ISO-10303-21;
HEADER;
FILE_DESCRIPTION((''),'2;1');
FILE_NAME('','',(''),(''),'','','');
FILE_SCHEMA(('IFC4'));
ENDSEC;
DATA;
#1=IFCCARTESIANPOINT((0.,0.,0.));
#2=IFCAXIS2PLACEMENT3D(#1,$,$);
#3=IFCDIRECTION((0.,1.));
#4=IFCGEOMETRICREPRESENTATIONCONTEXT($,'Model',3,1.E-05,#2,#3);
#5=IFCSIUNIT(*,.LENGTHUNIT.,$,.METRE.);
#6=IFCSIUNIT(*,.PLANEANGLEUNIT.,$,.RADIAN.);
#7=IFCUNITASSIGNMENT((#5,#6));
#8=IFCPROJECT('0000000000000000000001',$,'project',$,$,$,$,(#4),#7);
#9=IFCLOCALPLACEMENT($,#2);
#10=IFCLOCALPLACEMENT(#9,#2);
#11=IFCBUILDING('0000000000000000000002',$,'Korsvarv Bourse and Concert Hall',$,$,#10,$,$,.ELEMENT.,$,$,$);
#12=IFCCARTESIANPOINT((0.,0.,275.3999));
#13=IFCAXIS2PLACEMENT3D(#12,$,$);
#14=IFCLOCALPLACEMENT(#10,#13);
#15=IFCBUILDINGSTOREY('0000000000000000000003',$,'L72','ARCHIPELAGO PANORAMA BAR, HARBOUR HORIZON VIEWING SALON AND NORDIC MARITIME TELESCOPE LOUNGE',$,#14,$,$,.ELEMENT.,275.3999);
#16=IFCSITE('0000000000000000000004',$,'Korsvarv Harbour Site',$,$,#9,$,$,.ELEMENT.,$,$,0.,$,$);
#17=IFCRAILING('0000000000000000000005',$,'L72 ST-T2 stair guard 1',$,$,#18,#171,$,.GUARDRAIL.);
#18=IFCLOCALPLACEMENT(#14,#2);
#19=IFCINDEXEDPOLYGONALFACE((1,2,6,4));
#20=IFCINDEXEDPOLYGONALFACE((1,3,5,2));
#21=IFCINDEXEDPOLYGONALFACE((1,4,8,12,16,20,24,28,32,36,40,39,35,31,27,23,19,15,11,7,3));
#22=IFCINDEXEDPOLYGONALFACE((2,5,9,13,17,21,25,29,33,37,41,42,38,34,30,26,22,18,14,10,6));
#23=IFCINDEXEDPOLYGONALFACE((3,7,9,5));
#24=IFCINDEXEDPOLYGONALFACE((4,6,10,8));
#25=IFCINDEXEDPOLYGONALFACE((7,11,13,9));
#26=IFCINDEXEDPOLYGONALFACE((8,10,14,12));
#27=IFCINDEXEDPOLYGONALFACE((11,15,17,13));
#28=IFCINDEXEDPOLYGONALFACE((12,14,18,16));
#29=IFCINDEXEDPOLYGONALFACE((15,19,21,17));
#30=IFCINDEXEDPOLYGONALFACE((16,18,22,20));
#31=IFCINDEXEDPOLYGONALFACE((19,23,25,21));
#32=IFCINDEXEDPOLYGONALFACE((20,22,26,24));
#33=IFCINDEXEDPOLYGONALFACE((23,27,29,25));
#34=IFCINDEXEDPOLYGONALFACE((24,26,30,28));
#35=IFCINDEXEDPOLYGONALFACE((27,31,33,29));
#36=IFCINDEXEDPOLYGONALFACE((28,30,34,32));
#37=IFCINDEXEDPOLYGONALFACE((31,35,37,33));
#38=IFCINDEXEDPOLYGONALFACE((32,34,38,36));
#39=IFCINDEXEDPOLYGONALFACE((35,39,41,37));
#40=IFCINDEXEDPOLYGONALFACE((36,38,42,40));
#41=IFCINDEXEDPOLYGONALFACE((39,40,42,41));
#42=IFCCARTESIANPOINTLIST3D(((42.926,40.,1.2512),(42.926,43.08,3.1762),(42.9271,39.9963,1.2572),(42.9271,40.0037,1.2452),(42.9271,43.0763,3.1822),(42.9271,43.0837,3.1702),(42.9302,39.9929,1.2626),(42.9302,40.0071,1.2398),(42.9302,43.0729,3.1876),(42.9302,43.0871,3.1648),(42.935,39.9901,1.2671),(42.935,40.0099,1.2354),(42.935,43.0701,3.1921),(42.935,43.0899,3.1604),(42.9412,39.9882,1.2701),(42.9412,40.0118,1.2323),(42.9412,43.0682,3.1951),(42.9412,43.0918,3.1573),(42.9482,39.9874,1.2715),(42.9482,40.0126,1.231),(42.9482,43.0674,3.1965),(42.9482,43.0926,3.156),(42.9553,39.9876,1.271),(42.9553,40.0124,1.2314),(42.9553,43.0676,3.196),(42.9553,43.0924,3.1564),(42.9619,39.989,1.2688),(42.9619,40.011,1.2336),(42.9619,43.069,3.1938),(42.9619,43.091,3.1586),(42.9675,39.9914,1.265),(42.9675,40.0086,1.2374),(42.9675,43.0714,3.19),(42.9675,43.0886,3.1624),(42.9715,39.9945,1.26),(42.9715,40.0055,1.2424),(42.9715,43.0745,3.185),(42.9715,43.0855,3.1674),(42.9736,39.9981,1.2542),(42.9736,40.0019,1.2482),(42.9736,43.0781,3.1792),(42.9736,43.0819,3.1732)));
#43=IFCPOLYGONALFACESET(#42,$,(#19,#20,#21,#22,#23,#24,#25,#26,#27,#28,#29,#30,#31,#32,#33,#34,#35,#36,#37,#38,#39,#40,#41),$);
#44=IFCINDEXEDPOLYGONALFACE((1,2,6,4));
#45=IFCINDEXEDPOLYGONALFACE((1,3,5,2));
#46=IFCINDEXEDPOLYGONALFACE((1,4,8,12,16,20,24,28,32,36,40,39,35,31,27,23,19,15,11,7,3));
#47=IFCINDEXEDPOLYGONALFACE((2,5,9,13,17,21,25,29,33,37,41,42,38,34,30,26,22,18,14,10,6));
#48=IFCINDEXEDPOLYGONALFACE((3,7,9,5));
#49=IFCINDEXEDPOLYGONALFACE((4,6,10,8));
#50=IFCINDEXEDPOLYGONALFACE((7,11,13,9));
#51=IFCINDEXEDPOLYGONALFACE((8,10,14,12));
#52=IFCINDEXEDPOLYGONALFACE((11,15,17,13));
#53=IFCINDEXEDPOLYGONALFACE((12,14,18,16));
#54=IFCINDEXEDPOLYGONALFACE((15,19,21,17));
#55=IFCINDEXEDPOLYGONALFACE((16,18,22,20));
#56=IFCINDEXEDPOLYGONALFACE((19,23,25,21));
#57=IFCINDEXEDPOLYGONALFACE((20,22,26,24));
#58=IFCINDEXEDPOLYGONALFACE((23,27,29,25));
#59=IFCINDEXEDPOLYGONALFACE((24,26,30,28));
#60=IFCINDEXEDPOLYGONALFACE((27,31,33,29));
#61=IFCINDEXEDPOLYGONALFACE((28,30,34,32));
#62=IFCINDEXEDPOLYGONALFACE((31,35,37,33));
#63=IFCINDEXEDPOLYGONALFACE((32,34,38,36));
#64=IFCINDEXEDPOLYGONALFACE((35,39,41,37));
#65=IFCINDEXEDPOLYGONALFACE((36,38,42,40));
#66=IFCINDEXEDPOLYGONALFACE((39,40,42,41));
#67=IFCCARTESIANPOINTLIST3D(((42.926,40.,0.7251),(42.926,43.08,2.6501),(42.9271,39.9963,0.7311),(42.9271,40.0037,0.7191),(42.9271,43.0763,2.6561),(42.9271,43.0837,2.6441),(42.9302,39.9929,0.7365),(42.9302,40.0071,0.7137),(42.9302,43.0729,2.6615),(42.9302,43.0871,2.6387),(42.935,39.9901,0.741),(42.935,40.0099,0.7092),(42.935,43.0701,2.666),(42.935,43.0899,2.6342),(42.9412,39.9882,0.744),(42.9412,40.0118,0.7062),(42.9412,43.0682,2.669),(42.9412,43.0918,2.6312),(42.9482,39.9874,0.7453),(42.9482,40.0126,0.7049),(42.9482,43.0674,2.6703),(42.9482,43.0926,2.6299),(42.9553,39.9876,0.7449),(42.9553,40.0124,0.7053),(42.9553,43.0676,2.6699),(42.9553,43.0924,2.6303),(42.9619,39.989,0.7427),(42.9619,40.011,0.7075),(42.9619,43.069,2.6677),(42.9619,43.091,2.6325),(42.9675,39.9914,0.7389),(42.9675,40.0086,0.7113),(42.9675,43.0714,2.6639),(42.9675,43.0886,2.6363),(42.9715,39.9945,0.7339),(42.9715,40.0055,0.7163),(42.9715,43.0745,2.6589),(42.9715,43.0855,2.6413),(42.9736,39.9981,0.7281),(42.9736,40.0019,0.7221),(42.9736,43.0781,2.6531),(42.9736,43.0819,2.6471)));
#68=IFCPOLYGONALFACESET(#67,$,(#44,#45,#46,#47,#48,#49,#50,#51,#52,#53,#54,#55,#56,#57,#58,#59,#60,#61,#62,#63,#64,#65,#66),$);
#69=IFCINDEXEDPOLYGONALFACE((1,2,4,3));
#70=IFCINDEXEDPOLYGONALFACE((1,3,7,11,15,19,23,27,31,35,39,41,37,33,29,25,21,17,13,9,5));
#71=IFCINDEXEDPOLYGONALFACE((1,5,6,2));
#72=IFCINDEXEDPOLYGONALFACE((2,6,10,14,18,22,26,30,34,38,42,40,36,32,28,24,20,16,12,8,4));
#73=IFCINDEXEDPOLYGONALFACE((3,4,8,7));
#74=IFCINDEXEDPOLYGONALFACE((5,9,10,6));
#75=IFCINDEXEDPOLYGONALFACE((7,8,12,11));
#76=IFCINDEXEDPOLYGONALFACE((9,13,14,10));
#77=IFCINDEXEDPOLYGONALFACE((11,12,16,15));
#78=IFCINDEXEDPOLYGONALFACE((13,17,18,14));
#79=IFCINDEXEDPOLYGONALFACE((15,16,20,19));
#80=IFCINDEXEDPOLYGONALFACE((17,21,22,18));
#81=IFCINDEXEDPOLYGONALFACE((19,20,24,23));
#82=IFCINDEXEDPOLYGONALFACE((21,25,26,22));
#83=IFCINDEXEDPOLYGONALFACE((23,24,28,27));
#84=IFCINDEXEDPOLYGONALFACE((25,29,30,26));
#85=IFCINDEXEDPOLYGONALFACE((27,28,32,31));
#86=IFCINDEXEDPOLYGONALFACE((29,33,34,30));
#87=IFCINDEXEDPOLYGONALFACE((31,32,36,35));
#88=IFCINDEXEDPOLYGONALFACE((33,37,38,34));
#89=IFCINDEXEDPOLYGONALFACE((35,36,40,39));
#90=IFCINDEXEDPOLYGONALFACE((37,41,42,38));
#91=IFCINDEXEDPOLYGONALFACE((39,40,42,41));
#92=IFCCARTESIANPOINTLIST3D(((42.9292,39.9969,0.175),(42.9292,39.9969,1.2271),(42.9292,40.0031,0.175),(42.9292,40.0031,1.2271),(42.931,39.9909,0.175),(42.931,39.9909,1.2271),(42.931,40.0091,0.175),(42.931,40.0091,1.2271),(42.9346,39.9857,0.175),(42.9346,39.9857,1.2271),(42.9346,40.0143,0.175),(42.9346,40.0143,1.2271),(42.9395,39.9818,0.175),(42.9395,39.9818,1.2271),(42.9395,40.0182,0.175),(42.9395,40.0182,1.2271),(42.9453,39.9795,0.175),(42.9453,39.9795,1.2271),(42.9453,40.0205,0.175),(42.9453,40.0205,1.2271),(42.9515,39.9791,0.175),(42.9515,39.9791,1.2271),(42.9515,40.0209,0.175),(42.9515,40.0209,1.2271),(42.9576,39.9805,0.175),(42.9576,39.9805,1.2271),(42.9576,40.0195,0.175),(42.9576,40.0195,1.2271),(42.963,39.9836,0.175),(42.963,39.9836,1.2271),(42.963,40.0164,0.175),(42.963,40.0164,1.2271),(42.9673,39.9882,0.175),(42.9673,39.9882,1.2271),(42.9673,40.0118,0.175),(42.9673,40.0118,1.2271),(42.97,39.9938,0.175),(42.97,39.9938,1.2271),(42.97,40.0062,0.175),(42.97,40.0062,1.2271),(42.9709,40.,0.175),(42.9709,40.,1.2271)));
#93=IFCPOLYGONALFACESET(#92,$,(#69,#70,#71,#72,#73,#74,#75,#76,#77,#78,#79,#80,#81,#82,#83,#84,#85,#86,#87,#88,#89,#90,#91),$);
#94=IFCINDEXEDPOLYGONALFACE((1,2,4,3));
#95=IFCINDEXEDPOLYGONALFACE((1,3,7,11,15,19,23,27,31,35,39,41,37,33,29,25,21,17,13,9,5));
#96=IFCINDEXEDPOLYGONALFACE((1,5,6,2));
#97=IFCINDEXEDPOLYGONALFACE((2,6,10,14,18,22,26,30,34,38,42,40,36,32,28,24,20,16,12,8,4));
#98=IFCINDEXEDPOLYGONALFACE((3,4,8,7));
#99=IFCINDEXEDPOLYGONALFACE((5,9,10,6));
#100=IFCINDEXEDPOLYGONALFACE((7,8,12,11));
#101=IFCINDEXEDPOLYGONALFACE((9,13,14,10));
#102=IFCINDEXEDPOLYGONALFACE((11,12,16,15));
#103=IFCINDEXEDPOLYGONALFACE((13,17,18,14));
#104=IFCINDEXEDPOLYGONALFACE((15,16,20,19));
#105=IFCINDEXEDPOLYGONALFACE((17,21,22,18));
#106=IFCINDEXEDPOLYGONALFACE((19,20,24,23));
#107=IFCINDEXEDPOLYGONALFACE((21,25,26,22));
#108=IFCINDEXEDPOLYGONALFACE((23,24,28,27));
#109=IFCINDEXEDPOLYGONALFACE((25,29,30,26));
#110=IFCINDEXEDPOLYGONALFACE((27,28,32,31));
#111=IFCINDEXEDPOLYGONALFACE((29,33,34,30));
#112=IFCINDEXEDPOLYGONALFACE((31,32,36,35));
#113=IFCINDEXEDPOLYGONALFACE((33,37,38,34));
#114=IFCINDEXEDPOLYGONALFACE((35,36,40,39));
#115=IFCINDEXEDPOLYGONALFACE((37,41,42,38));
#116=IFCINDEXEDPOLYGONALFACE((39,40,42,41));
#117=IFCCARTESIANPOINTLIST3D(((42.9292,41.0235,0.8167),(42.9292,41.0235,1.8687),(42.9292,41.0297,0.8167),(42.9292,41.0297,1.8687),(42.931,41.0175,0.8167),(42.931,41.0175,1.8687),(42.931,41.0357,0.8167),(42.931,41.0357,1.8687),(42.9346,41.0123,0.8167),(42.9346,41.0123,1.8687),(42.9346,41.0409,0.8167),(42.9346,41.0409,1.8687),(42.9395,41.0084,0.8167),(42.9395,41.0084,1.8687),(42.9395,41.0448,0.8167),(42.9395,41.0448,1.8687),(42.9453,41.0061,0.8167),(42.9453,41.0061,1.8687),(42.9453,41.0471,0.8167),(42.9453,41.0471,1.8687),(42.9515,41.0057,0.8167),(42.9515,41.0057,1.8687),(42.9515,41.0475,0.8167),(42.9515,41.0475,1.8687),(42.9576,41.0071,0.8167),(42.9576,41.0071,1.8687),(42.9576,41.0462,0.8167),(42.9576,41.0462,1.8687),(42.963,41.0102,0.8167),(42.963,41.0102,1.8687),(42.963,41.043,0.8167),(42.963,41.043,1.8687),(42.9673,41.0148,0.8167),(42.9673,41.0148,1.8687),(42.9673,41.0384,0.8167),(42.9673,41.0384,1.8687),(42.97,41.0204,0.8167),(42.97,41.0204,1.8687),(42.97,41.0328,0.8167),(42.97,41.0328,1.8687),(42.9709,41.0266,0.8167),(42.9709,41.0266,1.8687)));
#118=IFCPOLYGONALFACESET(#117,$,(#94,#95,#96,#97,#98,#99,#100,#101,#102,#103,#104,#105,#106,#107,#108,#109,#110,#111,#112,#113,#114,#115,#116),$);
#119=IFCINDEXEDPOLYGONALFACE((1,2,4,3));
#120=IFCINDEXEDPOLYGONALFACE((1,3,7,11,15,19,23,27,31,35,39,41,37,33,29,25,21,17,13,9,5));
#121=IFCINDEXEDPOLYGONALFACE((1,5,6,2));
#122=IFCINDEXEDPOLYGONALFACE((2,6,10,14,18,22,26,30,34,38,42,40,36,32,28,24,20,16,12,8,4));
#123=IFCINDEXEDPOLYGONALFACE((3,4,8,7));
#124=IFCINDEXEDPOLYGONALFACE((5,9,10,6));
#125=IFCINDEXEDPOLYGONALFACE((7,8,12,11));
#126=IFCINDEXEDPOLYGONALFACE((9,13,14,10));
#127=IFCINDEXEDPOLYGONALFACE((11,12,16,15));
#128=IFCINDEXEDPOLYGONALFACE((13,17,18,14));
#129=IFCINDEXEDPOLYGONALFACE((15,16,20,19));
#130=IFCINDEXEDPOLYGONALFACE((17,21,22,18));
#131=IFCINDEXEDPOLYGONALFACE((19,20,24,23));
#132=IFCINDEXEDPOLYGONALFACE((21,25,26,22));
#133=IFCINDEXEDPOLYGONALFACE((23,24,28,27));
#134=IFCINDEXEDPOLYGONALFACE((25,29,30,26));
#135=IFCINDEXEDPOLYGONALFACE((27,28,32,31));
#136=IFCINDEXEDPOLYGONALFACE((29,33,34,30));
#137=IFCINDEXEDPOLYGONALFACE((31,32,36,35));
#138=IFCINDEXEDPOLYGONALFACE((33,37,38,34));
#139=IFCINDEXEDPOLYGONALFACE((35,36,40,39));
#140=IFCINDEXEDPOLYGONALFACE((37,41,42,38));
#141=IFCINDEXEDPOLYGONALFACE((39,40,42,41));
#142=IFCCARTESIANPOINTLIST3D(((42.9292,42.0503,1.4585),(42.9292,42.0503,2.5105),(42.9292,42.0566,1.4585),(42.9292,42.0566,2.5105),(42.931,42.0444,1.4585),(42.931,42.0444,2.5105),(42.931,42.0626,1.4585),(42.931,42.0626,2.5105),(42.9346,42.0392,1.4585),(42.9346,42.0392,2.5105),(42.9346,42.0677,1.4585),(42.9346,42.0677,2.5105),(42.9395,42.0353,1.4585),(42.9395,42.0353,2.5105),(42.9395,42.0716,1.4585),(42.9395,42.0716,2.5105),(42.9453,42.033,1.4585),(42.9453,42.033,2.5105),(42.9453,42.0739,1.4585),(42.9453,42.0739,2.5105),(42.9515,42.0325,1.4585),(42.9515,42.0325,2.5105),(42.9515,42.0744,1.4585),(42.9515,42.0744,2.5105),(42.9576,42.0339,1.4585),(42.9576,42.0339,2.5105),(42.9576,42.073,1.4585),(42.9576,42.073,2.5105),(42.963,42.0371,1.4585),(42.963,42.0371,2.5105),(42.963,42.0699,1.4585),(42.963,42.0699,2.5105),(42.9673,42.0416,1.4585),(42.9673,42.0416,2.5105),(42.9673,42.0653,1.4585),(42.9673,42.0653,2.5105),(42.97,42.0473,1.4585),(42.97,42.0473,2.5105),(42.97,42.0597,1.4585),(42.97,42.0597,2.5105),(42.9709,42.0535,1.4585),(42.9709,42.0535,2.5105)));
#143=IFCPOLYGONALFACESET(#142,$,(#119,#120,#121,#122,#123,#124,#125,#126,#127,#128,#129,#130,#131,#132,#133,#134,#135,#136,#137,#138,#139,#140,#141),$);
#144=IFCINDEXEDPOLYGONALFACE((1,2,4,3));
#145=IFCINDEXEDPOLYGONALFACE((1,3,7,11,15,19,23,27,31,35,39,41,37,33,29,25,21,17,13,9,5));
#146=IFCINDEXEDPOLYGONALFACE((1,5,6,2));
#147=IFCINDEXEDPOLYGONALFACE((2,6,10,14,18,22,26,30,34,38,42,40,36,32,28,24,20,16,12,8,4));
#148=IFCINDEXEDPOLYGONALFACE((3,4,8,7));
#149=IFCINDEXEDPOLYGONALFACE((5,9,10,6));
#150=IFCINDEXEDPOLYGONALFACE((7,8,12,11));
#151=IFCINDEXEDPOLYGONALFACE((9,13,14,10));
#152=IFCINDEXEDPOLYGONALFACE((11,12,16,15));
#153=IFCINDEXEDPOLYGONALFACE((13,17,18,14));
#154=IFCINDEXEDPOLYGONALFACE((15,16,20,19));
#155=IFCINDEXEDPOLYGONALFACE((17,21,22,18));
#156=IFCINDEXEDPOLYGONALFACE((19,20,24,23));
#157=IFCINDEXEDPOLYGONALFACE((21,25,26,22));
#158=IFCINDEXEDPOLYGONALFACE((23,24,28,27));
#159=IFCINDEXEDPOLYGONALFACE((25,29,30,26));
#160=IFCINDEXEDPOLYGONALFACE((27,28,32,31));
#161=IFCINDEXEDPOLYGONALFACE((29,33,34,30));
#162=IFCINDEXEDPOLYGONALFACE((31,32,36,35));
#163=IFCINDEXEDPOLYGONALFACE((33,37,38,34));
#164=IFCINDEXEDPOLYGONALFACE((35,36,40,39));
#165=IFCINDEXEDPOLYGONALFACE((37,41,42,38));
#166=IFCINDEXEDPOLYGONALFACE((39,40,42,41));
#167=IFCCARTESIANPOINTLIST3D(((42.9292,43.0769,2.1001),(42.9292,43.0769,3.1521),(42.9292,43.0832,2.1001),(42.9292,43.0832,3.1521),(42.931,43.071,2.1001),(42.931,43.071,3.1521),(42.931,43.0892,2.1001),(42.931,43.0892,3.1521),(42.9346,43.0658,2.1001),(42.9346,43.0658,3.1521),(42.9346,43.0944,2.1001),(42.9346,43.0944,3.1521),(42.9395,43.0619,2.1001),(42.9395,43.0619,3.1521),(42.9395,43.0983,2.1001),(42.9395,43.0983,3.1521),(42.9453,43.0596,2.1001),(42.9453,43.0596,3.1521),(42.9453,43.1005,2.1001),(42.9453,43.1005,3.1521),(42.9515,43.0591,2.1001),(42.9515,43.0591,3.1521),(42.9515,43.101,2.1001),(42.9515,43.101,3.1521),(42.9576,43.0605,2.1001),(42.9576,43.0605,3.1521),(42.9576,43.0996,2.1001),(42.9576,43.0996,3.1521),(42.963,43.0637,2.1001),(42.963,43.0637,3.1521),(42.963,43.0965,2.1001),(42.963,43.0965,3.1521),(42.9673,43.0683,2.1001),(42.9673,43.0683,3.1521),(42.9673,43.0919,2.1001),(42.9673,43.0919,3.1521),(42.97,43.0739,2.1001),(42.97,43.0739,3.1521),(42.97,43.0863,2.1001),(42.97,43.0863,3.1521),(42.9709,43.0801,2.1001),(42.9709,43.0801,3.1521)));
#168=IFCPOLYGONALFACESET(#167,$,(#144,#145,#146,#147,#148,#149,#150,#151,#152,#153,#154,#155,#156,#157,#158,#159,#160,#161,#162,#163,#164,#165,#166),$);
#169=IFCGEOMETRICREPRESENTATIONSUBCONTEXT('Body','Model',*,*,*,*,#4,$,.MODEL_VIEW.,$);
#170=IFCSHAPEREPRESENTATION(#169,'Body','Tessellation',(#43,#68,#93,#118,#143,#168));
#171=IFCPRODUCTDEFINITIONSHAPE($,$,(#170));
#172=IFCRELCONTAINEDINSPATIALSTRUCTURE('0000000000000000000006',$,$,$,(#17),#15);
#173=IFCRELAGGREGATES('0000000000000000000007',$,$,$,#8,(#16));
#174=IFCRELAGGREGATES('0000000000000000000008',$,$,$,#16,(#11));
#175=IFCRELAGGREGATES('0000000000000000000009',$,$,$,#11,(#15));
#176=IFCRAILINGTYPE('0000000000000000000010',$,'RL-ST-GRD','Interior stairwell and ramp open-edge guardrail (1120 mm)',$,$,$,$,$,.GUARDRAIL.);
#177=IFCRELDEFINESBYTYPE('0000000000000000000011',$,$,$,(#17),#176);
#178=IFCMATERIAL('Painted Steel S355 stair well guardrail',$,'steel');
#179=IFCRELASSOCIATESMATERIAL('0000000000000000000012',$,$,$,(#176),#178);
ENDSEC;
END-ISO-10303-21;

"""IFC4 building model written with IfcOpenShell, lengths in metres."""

from ifc_helpers import new_model, si_unit, direction, frame, origin, origin_2d, place, context, subcontext, project, spatial, circle, extrude, material, type_object, element, save


model = new_model("IFC4")

# Units and contexts
model_context = context("Model", 3, precision=1e-05, world=origin(), true_north=direction((0.0, 1.0)))
body_context = subcontext(model_context, "Body", "Model", "MODEL_VIEW")
ifc_project = project(units=[si_unit("LENGTHUNIT", "METRE"), si_unit("PLANEANGLEUNIT", "RADIAN")], contexts=[model_context])

# Site, building, storey
site_placement = place(None, origin())
site = spatial("IfcSite", under=ifc_project, at=site_placement, Name="Korsvarv Harbour Site", CompositionType="ELEMENT", RefElevation=0.0)
building_placement = place(site_placement, origin())
building = spatial("IfcBuilding", under=site, at=building_placement, Name="Korsvarv Bourse and Concert Hall", CompositionType="ELEMENT")
storey_placement = place(building_placement, frame((0.0, 0.0, 275.3999)))
storey = spatial("IfcBuildingStorey", under=building, at=storey_placement, Name="L72", Description="ARCHIPELAGO PANORAMA BAR, HARBOUR HORIZON VIEWING SALON AND NORDIC MARITIME TELESCOPE LOUNGE", CompositionType="ELEMENT", Elevation=275.3999)

# Railing
ifc_material_1 = material(Name="Painted Steel S355 stair well guardrail", Category="steel")
railing_type_1 = type_object("IfcRailingType", Name="RL-ST-GRD", Description="Interior stairwell and ramp open-edge guardrail (1120 mm)", PredefinedType="GUARDRAIL", material=ifc_material_1)
railing_1_placement = place(storey_placement, frame((42.95, 40.0, 0.175)))
element("IfcRailing", 1, at=railing_1_placement, inside=storey, type_object=railing_type_1, Name="L72 ST-T2 stair guard 1", PredefinedType="GUARDRAIL", context=body_context, shape_type="SweptSolid", body=[
    extrude(circle(Radius=0.0239, at=origin_2d()), frame((0.0, 0.0, 1.0762), z_axis=(0.0, 0.847998, 0.529999), x_axis=(-1.0, 0.0, 0.0)), (0.0, 0.0, 1.0), 3.6321),
    extrude(circle(Radius=0.0239, at=origin_2d()), frame((0.0, 0.0, 0.55), z_axis=(0.0, 0.847998, 0.529999), x_axis=(-1.0, 0.0, 0.0)), (0.0, 0.0, 1.0), 3.6321),
    extrude(circle(Radius=0.021, at=origin_2d()), origin(), (0.0, 0.0, 1.0), 1.052),
    extrude(circle(Radius=0.021, at=origin_2d()), frame((0.0, 1.0266, 0.6416)), (0.0, 0.0, 1.0), 1.052),
    extrude(circle(Radius=0.021, at=origin_2d()), frame((0.0, 2.0535, 1.2834)), (0.0, 0.0, 1.0), 1.052),
    extrude(circle(Radius=0.021, at=origin_2d()), frame((0.0, 3.0801, 1.925)), (0.0, 0.0, 1.0), 1.052),
])

save(model, "model.ifc")
